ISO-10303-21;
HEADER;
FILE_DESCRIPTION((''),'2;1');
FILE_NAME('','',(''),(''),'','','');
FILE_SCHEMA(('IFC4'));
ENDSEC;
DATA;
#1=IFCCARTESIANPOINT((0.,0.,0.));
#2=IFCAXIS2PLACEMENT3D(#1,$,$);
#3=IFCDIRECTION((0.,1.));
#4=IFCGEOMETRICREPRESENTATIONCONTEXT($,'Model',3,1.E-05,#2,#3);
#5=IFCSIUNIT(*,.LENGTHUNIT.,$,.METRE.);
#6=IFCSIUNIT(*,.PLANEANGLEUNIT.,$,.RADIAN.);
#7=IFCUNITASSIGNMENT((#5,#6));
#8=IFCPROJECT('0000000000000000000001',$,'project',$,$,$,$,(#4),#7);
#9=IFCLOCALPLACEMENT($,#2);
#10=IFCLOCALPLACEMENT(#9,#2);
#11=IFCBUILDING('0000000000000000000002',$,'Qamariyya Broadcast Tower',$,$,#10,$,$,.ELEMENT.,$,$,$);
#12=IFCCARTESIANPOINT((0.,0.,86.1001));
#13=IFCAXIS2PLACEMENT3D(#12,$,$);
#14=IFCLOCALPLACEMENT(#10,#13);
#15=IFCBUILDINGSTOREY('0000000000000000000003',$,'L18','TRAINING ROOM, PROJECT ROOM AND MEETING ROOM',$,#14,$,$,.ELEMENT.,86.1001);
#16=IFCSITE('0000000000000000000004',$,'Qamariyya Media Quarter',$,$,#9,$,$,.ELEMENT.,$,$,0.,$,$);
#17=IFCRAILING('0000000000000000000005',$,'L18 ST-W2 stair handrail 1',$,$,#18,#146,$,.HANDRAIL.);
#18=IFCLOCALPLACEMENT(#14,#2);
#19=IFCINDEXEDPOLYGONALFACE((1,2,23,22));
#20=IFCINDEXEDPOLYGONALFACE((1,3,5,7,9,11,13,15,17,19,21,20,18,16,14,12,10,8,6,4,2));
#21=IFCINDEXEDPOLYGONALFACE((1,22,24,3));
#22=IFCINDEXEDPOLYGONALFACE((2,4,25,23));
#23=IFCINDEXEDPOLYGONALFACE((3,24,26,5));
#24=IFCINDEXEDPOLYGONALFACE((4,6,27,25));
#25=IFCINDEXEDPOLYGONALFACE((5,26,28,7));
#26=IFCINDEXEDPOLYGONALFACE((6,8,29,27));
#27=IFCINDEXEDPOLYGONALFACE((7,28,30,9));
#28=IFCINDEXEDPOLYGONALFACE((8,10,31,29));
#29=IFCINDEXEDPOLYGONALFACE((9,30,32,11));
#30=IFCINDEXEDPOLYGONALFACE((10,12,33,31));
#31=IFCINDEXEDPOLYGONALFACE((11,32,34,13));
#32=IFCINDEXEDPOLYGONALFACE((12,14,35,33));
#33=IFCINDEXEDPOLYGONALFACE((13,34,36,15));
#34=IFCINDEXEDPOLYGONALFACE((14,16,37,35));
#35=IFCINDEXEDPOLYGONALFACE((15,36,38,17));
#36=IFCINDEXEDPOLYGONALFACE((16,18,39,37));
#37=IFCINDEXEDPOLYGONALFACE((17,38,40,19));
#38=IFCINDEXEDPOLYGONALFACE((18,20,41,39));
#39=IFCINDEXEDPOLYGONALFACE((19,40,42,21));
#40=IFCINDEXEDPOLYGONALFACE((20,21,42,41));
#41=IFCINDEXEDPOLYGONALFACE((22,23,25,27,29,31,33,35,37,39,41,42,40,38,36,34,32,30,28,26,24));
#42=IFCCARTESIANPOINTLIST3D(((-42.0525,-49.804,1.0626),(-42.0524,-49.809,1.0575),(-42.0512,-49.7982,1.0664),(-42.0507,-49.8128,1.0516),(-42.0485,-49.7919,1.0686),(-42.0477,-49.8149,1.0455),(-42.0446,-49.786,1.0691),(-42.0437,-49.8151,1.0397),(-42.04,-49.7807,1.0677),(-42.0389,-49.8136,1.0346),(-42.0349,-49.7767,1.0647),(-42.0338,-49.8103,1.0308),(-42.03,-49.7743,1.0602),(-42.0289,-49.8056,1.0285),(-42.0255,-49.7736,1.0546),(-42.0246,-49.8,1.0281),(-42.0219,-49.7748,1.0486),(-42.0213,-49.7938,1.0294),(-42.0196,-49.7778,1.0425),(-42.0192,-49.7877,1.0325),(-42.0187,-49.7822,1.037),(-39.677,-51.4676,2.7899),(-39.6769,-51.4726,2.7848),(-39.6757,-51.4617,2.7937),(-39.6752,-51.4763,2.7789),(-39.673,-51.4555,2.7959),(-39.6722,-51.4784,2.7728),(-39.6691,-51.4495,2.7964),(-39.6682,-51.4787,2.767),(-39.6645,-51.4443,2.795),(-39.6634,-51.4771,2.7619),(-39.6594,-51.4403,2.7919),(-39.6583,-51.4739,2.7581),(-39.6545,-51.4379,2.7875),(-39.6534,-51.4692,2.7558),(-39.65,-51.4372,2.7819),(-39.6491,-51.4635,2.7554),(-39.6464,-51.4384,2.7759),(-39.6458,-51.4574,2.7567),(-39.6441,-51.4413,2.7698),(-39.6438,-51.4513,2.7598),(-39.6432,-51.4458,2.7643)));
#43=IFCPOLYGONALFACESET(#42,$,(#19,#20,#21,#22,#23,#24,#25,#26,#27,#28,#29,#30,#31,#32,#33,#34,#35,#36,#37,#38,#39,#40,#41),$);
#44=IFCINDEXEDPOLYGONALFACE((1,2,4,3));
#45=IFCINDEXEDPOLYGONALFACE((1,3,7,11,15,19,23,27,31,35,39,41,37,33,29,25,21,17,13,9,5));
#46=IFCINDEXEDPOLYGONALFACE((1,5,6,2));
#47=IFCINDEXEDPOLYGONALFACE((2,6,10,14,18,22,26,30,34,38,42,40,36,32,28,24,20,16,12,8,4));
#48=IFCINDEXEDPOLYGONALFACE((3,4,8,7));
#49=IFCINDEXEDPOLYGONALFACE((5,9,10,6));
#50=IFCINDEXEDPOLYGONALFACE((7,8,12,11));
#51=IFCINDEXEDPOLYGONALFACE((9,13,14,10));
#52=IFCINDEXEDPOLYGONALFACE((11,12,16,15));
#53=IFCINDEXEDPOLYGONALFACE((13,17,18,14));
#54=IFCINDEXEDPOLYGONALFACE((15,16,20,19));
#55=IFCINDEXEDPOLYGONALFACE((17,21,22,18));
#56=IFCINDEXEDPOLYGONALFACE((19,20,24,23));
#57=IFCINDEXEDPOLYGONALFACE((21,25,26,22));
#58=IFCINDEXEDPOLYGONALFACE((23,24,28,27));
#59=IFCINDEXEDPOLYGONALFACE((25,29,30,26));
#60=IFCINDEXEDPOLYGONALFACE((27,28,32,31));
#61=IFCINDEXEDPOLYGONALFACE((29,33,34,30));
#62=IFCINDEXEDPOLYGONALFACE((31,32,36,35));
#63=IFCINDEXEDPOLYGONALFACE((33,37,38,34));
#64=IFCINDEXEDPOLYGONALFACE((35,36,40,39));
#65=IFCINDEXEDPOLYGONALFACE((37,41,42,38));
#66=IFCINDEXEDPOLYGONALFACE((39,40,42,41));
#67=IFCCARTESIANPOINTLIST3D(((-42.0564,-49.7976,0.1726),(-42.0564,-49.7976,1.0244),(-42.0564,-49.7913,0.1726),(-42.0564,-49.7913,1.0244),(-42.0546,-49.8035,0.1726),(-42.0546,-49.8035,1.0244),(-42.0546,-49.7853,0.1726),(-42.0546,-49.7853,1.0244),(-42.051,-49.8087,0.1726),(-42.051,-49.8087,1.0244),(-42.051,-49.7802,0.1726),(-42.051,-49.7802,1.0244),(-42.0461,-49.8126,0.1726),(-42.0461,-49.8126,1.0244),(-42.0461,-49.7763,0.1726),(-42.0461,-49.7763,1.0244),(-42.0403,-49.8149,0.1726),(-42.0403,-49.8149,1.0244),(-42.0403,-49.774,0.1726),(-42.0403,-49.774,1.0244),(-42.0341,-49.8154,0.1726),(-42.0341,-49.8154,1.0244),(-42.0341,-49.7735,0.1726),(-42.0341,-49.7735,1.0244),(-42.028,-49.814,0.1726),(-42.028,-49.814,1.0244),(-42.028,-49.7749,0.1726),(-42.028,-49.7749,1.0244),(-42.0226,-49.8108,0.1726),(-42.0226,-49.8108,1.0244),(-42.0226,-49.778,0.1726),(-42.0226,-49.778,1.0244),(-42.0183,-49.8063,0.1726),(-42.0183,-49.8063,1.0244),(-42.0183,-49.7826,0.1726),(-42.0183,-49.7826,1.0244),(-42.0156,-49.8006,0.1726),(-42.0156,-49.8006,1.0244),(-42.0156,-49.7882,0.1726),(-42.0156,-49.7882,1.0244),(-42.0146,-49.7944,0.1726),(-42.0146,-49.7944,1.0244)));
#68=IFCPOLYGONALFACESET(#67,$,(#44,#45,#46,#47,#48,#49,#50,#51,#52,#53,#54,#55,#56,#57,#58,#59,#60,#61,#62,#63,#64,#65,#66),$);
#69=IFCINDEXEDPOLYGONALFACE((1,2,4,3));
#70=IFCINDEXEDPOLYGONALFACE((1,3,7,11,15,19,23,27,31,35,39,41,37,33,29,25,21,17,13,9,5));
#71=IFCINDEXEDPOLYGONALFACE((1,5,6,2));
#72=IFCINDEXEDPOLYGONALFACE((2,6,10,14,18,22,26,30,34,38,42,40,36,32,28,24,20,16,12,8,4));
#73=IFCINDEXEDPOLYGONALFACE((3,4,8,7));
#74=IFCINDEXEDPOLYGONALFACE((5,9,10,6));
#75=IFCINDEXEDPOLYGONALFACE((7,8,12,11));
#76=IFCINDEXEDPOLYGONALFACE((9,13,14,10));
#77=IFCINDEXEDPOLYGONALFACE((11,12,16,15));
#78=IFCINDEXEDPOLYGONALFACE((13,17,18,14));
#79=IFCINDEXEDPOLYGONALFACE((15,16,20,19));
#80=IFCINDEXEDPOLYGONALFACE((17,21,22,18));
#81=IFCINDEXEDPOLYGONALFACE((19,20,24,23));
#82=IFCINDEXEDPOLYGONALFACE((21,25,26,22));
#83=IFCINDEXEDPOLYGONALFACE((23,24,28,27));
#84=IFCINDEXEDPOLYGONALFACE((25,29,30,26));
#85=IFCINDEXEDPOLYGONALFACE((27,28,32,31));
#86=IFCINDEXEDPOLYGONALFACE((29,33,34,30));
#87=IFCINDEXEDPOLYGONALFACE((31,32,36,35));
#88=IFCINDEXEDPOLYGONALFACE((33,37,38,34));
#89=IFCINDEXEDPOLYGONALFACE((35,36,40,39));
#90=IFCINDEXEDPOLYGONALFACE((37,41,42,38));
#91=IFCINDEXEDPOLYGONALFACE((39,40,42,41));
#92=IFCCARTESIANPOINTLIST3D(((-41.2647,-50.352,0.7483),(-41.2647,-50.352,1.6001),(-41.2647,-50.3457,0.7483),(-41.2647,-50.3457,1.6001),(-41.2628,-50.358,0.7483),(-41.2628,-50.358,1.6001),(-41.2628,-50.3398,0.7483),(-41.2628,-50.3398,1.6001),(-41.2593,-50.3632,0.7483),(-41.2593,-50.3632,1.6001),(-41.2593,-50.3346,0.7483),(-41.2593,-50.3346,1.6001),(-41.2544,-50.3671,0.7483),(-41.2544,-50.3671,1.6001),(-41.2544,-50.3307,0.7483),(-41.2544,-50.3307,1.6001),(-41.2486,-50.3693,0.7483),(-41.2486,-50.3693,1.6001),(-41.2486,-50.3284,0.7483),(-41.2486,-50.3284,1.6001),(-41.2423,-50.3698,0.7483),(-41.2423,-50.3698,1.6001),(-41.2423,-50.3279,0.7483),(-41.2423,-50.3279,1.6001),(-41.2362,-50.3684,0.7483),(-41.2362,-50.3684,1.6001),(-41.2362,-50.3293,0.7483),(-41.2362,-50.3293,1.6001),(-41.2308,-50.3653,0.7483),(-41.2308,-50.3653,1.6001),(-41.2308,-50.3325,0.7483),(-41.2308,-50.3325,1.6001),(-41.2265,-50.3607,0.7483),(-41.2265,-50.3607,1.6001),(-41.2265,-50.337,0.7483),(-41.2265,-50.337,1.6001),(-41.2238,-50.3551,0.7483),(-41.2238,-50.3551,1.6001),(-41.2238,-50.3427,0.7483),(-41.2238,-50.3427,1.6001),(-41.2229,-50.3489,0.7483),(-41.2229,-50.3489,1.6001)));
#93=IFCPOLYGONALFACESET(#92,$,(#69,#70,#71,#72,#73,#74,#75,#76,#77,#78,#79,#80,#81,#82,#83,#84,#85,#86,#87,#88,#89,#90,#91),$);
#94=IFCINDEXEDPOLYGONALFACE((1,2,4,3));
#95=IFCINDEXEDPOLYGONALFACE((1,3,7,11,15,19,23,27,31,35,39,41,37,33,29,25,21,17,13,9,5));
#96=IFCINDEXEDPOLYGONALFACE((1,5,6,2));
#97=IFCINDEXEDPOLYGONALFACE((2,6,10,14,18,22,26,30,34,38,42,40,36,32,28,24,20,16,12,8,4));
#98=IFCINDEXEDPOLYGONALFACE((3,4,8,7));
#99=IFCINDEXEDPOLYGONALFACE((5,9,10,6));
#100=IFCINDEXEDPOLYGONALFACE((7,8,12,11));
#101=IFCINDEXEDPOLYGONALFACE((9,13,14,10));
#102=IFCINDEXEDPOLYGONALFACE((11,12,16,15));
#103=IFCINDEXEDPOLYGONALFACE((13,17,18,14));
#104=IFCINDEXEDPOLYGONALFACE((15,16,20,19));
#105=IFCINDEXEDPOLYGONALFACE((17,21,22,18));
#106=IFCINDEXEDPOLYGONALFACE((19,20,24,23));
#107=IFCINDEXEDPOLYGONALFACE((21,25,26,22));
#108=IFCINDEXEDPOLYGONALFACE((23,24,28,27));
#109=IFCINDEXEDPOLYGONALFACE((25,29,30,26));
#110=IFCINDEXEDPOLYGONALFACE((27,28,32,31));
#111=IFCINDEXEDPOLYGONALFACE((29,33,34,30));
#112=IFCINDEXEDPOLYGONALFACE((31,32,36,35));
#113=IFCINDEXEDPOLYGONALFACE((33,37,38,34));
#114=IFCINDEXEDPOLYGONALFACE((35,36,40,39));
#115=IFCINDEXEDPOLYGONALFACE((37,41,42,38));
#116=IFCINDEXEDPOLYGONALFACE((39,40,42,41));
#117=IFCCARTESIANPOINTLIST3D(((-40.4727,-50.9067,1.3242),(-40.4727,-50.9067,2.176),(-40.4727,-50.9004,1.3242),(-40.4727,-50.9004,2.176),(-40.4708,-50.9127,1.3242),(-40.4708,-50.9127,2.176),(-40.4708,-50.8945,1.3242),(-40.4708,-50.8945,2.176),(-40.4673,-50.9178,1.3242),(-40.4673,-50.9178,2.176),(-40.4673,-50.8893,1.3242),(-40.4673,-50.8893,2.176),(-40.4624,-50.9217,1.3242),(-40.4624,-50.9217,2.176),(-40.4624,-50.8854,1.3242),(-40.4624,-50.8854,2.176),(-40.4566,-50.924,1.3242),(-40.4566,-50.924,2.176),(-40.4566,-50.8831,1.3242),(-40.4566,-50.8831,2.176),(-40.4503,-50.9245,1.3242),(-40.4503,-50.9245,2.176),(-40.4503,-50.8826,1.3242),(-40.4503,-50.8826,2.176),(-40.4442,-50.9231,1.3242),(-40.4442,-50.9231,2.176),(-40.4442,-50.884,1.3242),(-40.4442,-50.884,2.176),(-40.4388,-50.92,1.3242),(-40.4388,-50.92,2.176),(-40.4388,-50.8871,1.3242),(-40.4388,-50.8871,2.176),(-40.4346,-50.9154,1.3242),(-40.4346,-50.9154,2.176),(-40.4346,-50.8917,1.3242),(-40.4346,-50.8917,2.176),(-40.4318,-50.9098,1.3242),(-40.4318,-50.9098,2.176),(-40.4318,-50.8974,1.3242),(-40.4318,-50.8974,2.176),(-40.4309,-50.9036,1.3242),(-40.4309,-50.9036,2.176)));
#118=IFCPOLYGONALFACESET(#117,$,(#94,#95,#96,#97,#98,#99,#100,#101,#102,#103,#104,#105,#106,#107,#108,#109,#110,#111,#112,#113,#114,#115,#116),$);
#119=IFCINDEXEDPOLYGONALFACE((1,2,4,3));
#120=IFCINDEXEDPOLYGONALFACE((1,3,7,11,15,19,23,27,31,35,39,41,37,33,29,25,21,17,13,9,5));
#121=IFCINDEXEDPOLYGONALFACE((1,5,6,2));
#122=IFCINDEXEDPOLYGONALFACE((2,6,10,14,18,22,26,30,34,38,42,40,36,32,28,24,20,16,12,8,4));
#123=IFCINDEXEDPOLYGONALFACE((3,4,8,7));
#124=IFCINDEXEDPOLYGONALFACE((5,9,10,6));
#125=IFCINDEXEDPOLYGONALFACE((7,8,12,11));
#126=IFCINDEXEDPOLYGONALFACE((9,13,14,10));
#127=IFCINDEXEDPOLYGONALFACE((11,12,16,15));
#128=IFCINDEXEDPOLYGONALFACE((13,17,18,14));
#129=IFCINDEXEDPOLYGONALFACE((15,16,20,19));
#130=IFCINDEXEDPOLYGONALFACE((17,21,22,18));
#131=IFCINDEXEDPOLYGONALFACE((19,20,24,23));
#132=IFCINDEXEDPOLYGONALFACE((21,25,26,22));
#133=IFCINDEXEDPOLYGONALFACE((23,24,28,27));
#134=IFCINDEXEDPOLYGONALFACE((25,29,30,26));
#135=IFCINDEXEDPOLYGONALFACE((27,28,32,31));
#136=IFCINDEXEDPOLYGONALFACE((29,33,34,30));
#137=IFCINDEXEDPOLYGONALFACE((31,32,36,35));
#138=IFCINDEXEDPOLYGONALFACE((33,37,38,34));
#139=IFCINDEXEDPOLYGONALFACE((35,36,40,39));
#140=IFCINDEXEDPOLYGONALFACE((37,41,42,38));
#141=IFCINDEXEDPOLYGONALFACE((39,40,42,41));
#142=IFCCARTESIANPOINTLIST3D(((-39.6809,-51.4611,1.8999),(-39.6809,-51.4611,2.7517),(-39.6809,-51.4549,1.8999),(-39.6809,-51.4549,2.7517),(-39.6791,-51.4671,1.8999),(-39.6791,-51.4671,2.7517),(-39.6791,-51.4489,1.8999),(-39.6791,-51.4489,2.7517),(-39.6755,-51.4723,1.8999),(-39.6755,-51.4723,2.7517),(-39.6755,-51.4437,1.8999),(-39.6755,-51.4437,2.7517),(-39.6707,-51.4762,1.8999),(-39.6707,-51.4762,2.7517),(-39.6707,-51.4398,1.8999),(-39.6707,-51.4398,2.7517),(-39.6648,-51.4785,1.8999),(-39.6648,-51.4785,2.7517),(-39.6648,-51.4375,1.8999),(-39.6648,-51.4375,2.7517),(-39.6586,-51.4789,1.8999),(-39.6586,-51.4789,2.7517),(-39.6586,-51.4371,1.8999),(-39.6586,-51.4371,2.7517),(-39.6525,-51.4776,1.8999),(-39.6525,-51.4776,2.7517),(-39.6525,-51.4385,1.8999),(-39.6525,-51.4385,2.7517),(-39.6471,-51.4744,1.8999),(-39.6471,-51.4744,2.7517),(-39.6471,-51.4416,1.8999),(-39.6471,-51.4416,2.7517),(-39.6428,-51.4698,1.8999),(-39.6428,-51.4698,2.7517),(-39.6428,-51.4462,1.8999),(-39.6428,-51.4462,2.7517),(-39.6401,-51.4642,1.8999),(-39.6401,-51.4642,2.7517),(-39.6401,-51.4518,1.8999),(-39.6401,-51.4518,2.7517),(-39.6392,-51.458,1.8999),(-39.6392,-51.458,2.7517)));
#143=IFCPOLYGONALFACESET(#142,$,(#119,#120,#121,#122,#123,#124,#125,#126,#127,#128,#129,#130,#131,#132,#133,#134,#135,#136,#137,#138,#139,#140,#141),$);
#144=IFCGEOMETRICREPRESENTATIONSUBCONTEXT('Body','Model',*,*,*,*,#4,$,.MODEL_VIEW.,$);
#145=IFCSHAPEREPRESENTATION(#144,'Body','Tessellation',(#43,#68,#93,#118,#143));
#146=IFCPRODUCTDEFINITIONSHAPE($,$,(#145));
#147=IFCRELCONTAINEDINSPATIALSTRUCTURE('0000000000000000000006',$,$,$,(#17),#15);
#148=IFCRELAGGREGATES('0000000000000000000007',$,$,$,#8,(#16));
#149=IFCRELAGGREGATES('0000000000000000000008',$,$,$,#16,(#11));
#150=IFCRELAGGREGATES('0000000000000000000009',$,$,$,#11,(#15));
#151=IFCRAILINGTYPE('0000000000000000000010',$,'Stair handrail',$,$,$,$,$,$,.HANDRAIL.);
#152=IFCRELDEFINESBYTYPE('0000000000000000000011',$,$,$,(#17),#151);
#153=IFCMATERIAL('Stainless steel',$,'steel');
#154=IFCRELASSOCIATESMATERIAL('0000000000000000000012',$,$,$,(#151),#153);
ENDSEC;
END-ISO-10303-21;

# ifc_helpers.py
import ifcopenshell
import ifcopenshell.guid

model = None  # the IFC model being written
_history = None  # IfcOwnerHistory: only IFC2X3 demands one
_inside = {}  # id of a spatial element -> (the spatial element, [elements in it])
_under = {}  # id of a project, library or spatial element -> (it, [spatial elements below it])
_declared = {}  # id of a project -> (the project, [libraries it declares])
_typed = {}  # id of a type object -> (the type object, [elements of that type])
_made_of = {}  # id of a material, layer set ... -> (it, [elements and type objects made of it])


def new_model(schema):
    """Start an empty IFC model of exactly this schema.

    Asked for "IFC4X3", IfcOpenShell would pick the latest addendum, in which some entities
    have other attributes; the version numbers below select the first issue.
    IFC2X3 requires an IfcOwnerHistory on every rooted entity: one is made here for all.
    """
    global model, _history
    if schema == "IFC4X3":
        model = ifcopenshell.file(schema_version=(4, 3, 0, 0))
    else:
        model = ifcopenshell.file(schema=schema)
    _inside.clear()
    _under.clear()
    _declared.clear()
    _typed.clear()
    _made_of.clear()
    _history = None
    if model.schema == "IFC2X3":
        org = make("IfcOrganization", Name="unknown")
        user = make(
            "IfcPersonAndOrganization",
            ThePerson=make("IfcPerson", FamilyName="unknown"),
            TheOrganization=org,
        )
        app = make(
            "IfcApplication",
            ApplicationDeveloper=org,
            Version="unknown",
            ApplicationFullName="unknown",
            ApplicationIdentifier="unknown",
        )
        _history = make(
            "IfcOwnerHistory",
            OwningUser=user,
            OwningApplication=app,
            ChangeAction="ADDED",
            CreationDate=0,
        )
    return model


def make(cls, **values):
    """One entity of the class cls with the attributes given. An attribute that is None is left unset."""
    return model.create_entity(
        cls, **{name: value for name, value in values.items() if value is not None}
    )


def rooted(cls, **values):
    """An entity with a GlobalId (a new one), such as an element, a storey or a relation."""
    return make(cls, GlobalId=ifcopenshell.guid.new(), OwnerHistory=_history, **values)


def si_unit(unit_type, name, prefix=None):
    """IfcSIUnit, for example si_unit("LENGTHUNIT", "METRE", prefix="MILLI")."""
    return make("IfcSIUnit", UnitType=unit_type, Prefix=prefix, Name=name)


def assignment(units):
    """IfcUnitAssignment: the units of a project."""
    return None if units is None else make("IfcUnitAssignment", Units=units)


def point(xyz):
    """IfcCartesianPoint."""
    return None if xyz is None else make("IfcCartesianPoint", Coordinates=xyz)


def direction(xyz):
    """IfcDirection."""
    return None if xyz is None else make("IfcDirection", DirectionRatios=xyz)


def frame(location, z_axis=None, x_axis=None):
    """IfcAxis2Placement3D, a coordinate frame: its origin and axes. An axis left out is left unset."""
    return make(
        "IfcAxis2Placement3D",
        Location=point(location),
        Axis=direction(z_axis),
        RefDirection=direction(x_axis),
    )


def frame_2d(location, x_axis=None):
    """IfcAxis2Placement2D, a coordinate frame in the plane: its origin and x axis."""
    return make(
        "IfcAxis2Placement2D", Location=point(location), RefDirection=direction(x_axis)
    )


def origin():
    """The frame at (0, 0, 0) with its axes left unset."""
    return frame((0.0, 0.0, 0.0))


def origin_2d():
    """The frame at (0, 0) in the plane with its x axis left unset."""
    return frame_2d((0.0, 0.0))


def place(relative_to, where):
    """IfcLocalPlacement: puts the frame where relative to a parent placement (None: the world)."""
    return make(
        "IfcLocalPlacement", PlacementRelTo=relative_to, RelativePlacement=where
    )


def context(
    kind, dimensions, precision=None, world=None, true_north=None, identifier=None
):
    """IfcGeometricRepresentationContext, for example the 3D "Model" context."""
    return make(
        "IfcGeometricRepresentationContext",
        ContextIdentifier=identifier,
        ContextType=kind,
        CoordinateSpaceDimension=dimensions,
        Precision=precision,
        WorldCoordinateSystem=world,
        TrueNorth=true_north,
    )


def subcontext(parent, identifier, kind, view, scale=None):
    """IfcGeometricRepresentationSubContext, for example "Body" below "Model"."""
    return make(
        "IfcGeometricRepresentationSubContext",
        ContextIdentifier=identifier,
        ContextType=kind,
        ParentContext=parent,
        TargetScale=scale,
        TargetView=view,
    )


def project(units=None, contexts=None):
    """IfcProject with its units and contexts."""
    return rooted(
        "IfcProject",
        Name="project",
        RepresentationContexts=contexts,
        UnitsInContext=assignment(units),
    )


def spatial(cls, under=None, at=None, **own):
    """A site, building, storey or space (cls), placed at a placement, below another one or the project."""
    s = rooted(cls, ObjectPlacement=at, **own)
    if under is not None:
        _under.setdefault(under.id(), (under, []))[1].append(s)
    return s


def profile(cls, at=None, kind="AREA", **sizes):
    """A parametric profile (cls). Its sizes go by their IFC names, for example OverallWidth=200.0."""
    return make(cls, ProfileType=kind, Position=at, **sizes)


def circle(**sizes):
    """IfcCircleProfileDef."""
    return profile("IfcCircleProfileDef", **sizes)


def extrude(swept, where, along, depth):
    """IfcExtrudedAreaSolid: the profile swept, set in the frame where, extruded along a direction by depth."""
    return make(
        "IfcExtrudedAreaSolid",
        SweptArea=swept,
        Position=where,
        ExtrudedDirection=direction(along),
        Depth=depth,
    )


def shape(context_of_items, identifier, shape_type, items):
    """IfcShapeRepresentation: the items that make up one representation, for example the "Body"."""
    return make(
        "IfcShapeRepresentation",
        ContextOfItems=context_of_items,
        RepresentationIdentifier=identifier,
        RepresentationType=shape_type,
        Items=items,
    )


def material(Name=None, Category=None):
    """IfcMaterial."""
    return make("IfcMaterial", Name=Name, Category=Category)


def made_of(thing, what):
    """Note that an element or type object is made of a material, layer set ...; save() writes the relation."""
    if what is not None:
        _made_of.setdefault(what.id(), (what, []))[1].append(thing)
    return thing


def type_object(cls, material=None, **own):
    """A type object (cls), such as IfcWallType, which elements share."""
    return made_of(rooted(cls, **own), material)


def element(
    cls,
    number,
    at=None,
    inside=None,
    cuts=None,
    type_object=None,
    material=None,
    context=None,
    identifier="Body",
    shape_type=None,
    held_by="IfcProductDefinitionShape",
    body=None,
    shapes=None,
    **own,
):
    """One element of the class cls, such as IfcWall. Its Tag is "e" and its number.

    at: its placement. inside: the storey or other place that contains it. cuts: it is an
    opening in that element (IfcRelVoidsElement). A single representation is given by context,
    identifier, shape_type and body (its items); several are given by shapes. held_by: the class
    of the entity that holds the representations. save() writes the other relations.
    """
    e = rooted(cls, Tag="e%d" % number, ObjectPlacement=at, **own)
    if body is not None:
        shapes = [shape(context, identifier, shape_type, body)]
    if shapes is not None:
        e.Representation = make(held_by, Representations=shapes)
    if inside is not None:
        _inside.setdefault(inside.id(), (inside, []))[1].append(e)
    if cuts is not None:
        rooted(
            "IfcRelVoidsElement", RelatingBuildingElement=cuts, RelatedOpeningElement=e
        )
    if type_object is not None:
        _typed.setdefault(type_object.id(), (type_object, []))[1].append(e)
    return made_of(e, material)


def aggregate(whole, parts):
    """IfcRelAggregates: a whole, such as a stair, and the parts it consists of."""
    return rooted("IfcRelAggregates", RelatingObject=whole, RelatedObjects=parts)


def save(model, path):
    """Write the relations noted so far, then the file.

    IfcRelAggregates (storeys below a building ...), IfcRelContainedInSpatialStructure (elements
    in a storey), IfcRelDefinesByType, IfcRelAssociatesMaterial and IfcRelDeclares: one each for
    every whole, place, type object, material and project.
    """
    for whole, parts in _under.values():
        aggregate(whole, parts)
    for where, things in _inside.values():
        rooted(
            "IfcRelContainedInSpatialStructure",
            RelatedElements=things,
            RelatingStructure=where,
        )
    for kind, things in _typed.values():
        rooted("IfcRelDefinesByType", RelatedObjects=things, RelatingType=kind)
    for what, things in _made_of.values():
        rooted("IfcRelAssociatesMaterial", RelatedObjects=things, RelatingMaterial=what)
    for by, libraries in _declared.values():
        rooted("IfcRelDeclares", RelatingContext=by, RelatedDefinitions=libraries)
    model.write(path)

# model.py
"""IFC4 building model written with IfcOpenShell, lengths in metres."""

from ifc_helpers import new_model, si_unit, direction, frame, origin, origin_2d, place, context, subcontext, project, spatial, circle, extrude, material, type_object, element, save


model = new_model("IFC4")

# Units and contexts
model_context = context("Model", 3, precision=1e-05, world=origin(), true_north=direction((0.0, 1.0)))
body_context = subcontext(model_context, "Body", "Model", "MODEL_VIEW")
ifc_project = project(units=[si_unit("LENGTHUNIT", "METRE"), si_unit("PLANEANGLEUNIT", "RADIAN")], contexts=[model_context])

# Site, building, storey
site_placement = place(None, origin())
site = spatial("IfcSite", under=ifc_project, at=site_placement, Name="Qamariyya Media Quarter", CompositionType="ELEMENT", RefElevation=0.0)
building_placement = place(site_placement, origin())
building = spatial("IfcBuilding", under=site, at=building_placement, Name="Qamariyya Broadcast Tower", CompositionType="ELEMENT")
storey_placement = place(building_placement, frame((0.0, 0.0, 86.1001)))
storey = spatial("IfcBuildingStorey", under=building, at=storey_placement, Name="L18", Description="TRAINING ROOM, PROJECT ROOM AND MEETING ROOM", CompositionType="ELEMENT", Elevation=86.1001)

# Railing
ifc_material_1 = material(Name="Stainless steel", Category="steel")
railing_type_1 = type_object("IfcRailingType", Name="Stair handrail", PredefinedType="HANDRAIL", material=ifc_material_1)
railing_1_placement = place(storey_placement, frame((-42.0356, -49.7944, 0.1726)))
element("IfcRailing", 1, at=railing_1_placement, inside=storey, type_object=railing_type_1, Name="L18 ST-W2 stair handrail 1", PredefinedType="HANDRAIL", context=body_context, shape_type="SweptSolid", body=[
    extrude(circle(Radius=0.0239, at=origin_2d()), frame((0.0, 0.0, 0.876), z_axis=(0.703745, -0.492838, 0.511716), x_axis=(0.573632, 0.819113, 0.0)), (0.0, 0.0, 1.0), 3.3755),
    extrude(circle(Radius=0.021, at=origin_2d()), origin(), (0.0, 0.0, 1.0), 0.8518),
    extrude(circle(Radius=0.021, at=origin_2d()), frame((0.7917, -0.5544, 0.5757)), (0.0, 0.0, 1.0), 0.8518),
    extrude(circle(Radius=0.021, at=origin_2d()), frame((1.5837, -1.1091, 1.1516)), (0.0, 0.0, 1.0), 0.8518),
    extrude(circle(Radius=0.021, at=origin_2d()), frame((2.3755, -1.6636, 1.7273)), (0.0, 0.0, 1.0), 0.8518),
])

save(model, "model.ifc")
